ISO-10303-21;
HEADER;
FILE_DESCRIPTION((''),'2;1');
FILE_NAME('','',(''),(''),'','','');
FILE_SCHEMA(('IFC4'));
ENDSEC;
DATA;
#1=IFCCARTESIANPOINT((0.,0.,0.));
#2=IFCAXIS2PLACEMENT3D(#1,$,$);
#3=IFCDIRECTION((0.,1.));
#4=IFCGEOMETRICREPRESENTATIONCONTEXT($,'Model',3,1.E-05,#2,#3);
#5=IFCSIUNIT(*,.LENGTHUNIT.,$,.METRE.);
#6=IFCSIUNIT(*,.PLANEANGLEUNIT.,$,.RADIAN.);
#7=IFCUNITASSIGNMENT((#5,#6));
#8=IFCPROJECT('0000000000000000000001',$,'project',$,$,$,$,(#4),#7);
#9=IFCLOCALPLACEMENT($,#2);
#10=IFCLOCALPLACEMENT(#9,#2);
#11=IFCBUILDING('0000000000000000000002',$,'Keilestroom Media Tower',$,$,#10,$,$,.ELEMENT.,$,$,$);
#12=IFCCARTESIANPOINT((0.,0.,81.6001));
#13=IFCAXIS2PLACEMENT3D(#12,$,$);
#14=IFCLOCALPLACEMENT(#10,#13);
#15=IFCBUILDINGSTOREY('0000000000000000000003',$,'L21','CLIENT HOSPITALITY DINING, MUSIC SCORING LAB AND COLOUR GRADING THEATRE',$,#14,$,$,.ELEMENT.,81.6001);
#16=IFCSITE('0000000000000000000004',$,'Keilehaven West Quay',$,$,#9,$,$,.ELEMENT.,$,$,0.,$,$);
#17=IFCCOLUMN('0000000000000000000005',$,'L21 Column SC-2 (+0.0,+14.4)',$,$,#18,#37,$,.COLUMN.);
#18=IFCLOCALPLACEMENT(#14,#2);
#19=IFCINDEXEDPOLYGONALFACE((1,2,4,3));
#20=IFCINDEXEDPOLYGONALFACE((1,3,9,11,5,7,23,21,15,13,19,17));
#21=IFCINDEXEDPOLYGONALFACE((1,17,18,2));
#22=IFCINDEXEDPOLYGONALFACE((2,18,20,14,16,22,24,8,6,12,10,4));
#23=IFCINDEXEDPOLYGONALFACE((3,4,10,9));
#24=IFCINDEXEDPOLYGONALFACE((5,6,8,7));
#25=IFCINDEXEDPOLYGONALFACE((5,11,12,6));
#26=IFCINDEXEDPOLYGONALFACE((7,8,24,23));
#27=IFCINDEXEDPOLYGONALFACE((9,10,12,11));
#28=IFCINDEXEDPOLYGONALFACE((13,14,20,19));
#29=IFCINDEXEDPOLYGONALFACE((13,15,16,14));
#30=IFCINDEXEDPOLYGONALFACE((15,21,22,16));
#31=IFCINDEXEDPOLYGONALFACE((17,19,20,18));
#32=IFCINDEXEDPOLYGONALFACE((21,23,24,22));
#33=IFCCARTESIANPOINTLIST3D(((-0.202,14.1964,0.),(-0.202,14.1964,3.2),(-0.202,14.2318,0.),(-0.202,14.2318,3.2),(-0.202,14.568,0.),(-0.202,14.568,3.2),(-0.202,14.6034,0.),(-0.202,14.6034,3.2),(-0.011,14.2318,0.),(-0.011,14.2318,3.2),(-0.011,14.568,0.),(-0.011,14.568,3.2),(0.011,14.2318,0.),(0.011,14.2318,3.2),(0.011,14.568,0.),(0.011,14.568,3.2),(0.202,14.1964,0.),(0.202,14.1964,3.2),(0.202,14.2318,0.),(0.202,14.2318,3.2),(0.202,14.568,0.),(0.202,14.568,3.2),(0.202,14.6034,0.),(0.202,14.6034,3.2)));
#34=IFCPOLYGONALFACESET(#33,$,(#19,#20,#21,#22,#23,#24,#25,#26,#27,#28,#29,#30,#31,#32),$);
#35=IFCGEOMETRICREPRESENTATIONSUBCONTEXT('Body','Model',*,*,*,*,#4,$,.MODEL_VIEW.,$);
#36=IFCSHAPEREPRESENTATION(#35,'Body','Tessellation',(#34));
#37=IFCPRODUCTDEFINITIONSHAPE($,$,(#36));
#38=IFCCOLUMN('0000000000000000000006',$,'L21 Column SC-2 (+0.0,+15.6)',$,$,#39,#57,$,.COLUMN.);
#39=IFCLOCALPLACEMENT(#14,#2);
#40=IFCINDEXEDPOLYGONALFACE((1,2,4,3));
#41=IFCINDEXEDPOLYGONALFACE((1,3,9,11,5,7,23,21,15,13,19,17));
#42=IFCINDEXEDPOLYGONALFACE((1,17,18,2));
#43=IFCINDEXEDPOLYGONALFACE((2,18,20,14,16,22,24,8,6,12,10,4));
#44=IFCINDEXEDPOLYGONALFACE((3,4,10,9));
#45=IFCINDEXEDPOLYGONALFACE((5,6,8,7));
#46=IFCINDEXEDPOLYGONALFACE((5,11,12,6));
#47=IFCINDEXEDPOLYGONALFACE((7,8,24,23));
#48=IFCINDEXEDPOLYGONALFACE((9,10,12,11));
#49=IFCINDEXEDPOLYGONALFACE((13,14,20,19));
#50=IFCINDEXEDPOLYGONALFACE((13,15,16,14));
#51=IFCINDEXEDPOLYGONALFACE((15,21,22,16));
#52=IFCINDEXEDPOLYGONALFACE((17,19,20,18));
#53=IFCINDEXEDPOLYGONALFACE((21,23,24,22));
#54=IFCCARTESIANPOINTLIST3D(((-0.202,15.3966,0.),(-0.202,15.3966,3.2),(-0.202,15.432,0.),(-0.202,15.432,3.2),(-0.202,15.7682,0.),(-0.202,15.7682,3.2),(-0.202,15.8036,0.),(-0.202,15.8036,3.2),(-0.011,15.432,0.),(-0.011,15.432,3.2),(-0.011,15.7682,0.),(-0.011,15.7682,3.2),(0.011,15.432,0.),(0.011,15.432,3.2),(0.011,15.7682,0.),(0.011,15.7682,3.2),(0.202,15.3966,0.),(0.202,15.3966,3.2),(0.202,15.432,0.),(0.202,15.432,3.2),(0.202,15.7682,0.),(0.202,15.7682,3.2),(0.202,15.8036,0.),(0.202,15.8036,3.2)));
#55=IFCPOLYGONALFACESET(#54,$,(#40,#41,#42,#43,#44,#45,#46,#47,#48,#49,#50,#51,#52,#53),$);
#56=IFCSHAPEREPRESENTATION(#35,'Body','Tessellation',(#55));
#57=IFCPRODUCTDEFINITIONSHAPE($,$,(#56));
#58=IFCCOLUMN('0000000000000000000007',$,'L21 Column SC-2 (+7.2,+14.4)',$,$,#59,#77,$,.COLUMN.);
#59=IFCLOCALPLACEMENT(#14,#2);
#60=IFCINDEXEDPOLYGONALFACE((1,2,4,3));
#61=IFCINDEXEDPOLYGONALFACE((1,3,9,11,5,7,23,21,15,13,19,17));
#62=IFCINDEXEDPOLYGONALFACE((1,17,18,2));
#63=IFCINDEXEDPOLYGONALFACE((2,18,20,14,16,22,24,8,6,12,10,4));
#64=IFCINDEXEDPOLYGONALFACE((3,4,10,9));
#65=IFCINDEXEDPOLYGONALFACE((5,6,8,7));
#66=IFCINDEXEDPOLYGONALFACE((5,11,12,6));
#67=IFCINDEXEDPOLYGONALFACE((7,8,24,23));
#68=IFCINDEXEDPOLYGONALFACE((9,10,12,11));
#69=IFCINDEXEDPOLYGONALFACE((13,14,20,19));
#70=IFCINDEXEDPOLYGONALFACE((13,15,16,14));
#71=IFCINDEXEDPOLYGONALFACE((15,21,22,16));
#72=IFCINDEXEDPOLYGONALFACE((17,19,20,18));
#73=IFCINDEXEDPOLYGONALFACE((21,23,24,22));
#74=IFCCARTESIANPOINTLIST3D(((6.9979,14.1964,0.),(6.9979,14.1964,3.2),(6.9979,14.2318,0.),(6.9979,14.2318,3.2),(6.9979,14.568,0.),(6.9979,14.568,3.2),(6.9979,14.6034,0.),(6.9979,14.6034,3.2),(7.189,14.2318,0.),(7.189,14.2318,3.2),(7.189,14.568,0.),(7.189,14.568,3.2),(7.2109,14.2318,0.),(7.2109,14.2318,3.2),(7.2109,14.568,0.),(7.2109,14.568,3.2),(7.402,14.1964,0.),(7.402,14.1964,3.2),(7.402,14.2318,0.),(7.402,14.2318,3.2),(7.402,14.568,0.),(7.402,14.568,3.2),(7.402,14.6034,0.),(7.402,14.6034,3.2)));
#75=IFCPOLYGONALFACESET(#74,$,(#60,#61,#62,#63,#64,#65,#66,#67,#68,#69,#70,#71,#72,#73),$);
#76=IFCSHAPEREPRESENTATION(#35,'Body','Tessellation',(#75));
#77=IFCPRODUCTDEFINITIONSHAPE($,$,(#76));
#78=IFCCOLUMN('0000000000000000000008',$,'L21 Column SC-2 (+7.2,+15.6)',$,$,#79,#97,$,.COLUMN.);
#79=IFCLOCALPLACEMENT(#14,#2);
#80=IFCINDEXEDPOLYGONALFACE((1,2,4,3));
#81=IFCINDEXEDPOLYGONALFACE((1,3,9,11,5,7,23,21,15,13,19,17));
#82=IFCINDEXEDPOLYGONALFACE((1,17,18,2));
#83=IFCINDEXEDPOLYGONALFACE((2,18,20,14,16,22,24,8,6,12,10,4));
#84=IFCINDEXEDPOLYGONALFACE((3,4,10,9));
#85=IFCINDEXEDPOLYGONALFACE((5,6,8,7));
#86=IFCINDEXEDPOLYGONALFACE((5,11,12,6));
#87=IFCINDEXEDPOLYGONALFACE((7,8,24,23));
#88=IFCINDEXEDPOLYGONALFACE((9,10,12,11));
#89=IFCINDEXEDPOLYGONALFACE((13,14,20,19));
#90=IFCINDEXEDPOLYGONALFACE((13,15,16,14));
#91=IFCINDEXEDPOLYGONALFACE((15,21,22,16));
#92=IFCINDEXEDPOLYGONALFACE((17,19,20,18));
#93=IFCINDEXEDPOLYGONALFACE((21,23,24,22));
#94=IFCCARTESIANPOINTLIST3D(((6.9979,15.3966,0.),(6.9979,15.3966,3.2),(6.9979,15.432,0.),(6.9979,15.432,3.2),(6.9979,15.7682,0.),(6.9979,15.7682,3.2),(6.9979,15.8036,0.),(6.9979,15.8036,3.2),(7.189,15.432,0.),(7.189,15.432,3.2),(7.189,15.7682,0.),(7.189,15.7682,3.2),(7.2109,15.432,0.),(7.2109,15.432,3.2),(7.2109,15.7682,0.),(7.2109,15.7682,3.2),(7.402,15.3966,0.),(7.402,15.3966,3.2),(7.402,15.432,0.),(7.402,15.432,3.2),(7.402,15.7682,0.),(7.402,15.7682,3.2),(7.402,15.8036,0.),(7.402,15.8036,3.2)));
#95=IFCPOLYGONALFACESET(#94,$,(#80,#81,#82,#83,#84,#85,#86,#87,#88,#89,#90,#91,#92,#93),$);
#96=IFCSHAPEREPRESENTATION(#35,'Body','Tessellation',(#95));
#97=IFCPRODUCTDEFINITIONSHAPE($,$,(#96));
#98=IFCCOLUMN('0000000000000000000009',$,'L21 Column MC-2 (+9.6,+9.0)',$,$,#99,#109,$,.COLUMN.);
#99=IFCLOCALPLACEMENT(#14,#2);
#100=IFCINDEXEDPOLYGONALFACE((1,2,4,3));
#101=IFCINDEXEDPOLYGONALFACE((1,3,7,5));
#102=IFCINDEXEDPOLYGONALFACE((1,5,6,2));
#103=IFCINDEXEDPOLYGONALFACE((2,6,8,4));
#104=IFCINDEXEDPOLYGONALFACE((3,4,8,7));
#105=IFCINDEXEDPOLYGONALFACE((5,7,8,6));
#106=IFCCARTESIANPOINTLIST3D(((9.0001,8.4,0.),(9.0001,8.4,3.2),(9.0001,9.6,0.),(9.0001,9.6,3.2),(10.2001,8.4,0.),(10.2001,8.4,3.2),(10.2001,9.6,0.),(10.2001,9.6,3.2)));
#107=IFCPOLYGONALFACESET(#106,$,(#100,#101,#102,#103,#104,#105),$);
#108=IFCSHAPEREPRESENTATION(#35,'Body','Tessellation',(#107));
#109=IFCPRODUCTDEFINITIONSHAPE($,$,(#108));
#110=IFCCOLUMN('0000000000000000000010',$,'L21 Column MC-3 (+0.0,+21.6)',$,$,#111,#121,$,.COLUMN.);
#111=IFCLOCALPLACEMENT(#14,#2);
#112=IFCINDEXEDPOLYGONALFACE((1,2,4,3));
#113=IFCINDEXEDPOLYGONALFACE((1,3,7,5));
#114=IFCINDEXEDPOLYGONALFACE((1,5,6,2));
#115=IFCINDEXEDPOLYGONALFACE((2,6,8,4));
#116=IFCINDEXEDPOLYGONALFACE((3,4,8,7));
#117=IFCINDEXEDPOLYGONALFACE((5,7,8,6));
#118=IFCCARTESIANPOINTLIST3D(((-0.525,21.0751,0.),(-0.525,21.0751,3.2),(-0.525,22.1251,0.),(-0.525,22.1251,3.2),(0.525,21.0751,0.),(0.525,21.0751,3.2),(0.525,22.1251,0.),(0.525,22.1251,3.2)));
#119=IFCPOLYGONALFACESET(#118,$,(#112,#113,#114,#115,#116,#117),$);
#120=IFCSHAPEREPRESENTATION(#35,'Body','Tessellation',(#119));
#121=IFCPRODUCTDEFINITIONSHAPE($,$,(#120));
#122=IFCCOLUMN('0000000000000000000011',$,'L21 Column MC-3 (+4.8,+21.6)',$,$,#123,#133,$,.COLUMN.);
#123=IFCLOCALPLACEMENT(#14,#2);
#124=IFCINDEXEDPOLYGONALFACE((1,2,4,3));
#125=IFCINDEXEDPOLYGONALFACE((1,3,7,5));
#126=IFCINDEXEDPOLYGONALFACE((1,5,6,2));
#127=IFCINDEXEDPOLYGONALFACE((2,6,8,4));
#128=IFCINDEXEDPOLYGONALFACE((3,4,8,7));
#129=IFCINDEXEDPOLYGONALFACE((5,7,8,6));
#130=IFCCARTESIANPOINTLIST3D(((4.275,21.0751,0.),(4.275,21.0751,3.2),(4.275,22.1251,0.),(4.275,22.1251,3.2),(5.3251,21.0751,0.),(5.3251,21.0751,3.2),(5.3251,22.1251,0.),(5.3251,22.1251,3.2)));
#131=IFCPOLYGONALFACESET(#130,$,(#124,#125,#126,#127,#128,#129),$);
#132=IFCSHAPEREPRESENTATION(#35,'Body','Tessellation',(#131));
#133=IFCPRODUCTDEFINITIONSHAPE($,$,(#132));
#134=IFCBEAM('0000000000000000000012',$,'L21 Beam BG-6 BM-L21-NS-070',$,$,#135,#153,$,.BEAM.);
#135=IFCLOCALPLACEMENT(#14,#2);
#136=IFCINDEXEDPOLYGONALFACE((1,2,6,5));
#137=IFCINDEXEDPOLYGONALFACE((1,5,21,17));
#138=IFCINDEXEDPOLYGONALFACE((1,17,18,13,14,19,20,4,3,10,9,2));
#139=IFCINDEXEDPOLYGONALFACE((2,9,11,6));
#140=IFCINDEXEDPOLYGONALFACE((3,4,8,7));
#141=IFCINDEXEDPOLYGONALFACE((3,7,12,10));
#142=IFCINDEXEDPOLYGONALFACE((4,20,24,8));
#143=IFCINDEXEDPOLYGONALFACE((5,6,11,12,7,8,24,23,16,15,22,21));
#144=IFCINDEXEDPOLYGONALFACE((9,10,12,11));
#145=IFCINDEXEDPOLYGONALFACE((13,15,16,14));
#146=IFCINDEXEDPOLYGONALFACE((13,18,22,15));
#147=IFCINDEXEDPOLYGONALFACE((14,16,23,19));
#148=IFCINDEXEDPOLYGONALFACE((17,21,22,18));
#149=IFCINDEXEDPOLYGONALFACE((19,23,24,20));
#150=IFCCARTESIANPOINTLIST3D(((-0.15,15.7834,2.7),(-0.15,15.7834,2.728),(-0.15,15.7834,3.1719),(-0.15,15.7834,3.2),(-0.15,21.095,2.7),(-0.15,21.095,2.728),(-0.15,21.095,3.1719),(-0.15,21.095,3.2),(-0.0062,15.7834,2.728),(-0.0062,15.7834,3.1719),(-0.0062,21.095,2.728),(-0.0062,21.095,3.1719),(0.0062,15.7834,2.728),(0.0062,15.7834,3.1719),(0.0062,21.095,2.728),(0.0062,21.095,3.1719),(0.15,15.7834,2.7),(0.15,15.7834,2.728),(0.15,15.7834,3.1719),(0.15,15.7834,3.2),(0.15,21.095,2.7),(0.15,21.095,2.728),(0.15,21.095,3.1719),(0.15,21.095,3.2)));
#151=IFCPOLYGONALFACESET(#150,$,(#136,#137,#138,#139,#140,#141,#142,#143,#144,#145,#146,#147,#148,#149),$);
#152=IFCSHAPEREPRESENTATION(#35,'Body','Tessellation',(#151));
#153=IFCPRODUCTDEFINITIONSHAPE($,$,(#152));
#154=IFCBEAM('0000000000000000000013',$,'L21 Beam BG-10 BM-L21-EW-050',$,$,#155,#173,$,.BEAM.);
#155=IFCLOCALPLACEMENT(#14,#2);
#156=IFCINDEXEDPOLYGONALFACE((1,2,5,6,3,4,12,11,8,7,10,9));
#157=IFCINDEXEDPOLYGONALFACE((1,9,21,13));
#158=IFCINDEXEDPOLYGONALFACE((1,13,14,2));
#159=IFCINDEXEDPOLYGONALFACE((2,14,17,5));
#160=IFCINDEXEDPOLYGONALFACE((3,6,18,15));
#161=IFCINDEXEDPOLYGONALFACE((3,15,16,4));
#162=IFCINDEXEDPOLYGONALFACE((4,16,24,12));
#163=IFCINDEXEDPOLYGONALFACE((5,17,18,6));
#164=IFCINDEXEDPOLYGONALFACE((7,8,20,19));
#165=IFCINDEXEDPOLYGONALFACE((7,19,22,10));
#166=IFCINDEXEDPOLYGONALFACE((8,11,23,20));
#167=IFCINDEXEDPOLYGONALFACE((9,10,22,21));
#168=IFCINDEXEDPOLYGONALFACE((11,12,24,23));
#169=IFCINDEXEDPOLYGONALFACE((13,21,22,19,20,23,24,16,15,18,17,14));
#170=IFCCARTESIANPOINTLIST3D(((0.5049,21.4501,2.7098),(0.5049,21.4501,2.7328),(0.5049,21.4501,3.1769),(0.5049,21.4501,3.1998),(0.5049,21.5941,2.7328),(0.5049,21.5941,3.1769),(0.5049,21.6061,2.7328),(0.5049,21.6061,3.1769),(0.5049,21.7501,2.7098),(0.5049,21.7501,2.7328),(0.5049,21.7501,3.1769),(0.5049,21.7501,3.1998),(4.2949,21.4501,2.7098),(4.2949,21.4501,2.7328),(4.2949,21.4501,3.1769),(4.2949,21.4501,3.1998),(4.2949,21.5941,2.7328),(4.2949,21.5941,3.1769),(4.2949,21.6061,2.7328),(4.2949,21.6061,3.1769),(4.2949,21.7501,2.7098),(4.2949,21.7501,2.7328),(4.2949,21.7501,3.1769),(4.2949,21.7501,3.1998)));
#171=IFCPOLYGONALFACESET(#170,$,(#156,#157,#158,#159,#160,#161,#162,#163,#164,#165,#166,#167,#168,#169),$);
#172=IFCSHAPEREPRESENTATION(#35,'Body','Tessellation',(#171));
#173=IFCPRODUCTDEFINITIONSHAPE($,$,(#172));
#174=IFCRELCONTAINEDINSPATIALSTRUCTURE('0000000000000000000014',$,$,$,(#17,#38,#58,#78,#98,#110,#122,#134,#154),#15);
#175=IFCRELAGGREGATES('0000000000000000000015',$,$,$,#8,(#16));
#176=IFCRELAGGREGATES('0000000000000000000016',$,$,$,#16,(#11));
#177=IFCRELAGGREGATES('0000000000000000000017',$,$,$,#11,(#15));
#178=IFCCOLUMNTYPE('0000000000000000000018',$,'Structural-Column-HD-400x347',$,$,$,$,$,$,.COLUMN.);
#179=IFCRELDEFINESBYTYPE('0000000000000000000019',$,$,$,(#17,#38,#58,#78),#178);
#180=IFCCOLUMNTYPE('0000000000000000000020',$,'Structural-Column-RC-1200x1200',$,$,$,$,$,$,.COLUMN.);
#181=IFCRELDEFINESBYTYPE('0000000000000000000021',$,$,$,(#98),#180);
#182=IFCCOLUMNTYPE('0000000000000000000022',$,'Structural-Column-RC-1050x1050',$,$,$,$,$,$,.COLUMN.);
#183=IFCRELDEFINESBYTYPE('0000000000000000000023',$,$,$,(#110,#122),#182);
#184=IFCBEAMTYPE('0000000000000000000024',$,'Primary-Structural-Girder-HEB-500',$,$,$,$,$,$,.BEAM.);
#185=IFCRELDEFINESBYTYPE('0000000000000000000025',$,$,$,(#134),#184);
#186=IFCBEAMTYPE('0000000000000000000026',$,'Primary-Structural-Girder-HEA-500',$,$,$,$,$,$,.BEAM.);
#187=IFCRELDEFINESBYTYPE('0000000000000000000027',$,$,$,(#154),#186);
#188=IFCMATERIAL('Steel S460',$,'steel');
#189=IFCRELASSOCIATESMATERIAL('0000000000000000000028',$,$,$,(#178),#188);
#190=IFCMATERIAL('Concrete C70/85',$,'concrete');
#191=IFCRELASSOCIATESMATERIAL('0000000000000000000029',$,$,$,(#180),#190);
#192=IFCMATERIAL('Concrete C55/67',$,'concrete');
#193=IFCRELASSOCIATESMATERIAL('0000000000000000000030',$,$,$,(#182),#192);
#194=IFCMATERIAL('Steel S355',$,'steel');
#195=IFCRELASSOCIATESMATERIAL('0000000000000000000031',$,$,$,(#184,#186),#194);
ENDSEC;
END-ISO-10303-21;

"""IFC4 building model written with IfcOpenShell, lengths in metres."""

from ifc_helpers import new_model, si_unit, direction, frame, origin, origin_2d, place, context, subcontext, project, spatial, rectangle, i_section, extrude, source, transform, mapped, material, material_profile, profile_set, type_object, element, save


model = new_model("IFC4")

# Units and contexts
model_context = context("Model", 3, precision=1e-05, world=origin(), true_north=direction((0.0, 1.0)))
body_context = subcontext(model_context, "Body", "Model", "MODEL_VIEW")
ifc_project = project(units=[si_unit("LENGTHUNIT", "METRE"), si_unit("PLANEANGLEUNIT", "RADIAN")], contexts=[model_context])

# Site, building, storey
site_placement = place(None, origin())
site = spatial("IfcSite", under=ifc_project, at=site_placement, Name="Keilehaven West Quay", CompositionType="ELEMENT", RefElevation=0.0)
building_placement = place(site_placement, origin())
building = spatial("IfcBuilding", under=site, at=building_placement, Name="Keilestroom Media Tower", CompositionType="ELEMENT")
storey_placement = place(building_placement, frame((0.0, 0.0, 81.6001)))
storey = spatial("IfcBuildingStorey", under=building, at=storey_placement, Name="L21", Description="CLIENT HOSPITALITY DINING, MUSIC SCORING LAB AND COLOUR GRADING THEATRE", CompositionType="ELEMENT", Elevation=81.6001)

# Columns
ifc_material_1 = material(Name="Steel S460", Category="steel")
ifc_material_profile_1 = material_profile(ifc_material_1, i_section(OverallWidth=0.4041, OverallDepth=0.407, WebThickness=0.022, FlangeThickness=0.0354, at=origin_2d()), Name="HD 400x347")
ifc_profile_set_1 = profile_set([ifc_material_profile_1], Name="Steel S460")
column_type_1 = type_object("IfcColumnType", Name="Structural-Column-HD-400x347", PredefinedType="COLUMN", material=ifc_profile_set_1)
shared_shape_1 = source(origin(), body_context, "Body", "SweptSolid", [
    extrude(i_section(OverallWidth=0.4041, OverallDepth=0.407, WebThickness=0.022, FlangeThickness=0.0354, at=origin_2d()), origin(), (0.0, 0.0, 1.0), 3.2),
])
for number, where, z_axis, x_axis, name in (
    (1, (0.0, 14.3999, 0.0), (0.0, 0.0, 1.0), (1.0, 0.0, 0.0), "L21 Column SC-2 (+0.0,+14.4)"),
    (2, (0.0, 15.6001, 0.0), (0.0, 0.0, 1.0), (1.0, 0.0, 0.0), "L21 Column SC-2 (+0.0,+15.6)"),
    (3, (7.2, 14.3999, 0.0), (0.0, 0.0, 1.0), (1.0, 0.0, 0.0), "L21 Column SC-2 (+7.2,+14.4)"),
    (4, (7.2, 15.6001, 0.0), (0.0, 0.0, 1.0), (1.0, 0.0, 0.0), "L21 Column SC-2 (+7.2,+15.6)"),
):
    element("IfcColumn", number, at=place(storey_placement, frame(where, z_axis=z_axis, x_axis=x_axis)), inside=storey, type_object=column_type_1, Name=name, PredefinedType="COLUMN", context=body_context, shape_type="MappedRepresentation", body=[
        mapped(shared_shape_1, transform((0.0, 0.0, 0.0), x_axis=(1.0, 0.0, 0.0), y_axis=(0.0, 1.0, 0.0), z_axis=(0.0, 0.0, 1.0), scale=1.0)),
    ])
ifc_material_2 = material(Name="Concrete C70/85", Category="concrete")
ifc_material_profile_2 = material_profile(ifc_material_2, rectangle(XDim=1.2, YDim=1.2, at=origin_2d()), Name="RC 1200x1200")
ifc_profile_set_2 = profile_set([ifc_material_profile_2], Name="Concrete C70/85")
column_type_2 = type_object("IfcColumnType", Name="Structural-Column-RC-1200x1200", PredefinedType="COLUMN", material=ifc_profile_set_2)
shared_shape_2 = source(origin(), body_context, "Body", "SweptSolid", [
    extrude(rectangle(XDim=1.2, YDim=1.2, at=origin_2d()), origin(), (0.0, 0.0, 1.0), 3.2),
])
column_placement = place(storey_placement, frame((9.6001, 9.0, 0.0), z_axis=(0.0, 0.0, 1.0), x_axis=(1.0, 0.0, 0.0)))
element("IfcColumn", 5, at=column_placement, inside=storey, type_object=column_type_2, Name="L21 Column MC-2 (+9.6,+9.0)", PredefinedType="COLUMN", context=body_context, shape_type="MappedRepresentation", body=[
    mapped(shared_shape_2, transform((0.0, 0.0, 0.0), x_axis=(1.0, 0.0, 0.0), y_axis=(0.0, 1.0, 0.0), z_axis=(0.0, 0.0, 1.0), scale=1.0)),
])
ifc_material_3 = material(Name="Concrete C55/67", Category="concrete")
ifc_material_profile_3 = material_profile(ifc_material_3, rectangle(XDim=1.05, YDim=1.05, at=origin_2d()), Name="RC 1050x1050")
ifc_profile_set_3 = profile_set([ifc_material_profile_3], Name="Concrete C55/67")
column_type_3 = type_object("IfcColumnType", Name="Structural-Column-RC-1050x1050", PredefinedType="COLUMN", material=ifc_profile_set_3)
shared_shape_3 = source(origin(), body_context, "Body", "SweptSolid", [
    extrude(rectangle(XDim=1.05, YDim=1.05, at=origin_2d()), origin(), (0.0, 0.0, 1.0), 3.2),
])
for number, where, z_axis, x_axis, name in (
    (6, (0.0, 21.6001, 0.0), (0.0, 0.0, 1.0), (1.0, 0.0, 0.0), "L21 Column MC-3 (+0.0,+21.6)"),
    (7, (4.8, 21.6001, 0.0), (0.0, 0.0, 1.0), (1.0, 0.0, 0.0), "L21 Column MC-3 (+4.8,+21.6)"),
):
    element("IfcColumn", number, at=place(storey_placement, frame(where, z_axis=z_axis, x_axis=x_axis)), inside=storey, type_object=column_type_3, Name=name, PredefinedType="COLUMN", context=body_context, shape_type="MappedRepresentation", body=[
        mapped(shared_shape_3, transform((0.0, 0.0, 0.0), x_axis=(1.0, 0.0, 0.0), y_axis=(0.0, 1.0, 0.0), z_axis=(0.0, 0.0, 1.0), scale=1.0)),
    ])

# Beams
ifc_material_4 = material(Name="Steel S355", Category="steel")
ifc_material_profile_4 = material_profile(ifc_material_4, i_section(OverallWidth=0.3, OverallDepth=0.5, WebThickness=0.0125, FlangeThickness=0.0281, at=origin_2d()), Name="HEB 500")
ifc_profile_set_4 = profile_set([ifc_material_profile_4], Name="Steel S355")
beam_type_1 = type_object("IfcBeamType", Name="Primary-Structural-Girder-HEB-500", PredefinedType="BEAM", material=ifc_profile_set_4)
shared_shape_4 = source(origin(), body_context, "Body", "SweptSolid", [
    extrude(i_section(OverallWidth=0.3, OverallDepth=0.5, WebThickness=0.0125, FlangeThickness=0.0281, at=origin_2d()), origin(), (0.0, 0.0, 1.0), 5.3115),
])
beam_1_placement = place(storey_placement, frame((0.0, 15.7834, 2.95), z_axis=(0.0, 1.0, 0.0), x_axis=(-1.0, 0.0, 0.0)))
element("IfcBeam", 8, at=beam_1_placement, inside=storey, type_object=beam_type_1, Name="L21 Beam BG-6 BM-L21-NS-070", PredefinedType="BEAM", context=body_context, shape_type="MappedRepresentation", body=[
    mapped(shared_shape_4, transform((0.0, 0.0, 0.0), x_axis=(1.0, 0.0, 0.0), y_axis=(0.0, 1.0, 0.0), z_axis=(0.0, 0.0, 1.0), scale=1.0)),
])
ifc_material_profile_5 = material_profile(ifc_material_4, i_section(OverallWidth=0.3, OverallDepth=0.49, WebThickness=0.012, FlangeThickness=0.0229, at=origin_2d()), Name="HEA 500")
ifc_profile_set_5 = profile_set([ifc_material_profile_5], Name="Steel S355")
beam_type_2 = type_object("IfcBeamType", Name="Primary-Structural-Girder-HEA-500", PredefinedType="BEAM", material=ifc_profile_set_5)
shared_shape_5 = source(origin(), body_context, "Body", "SweptSolid", [
    extrude(i_section(OverallWidth=0.3, OverallDepth=0.49, WebThickness=0.012, FlangeThickness=0.0229, at=origin_2d()), origin(), (0.0, 0.0, 1.0), 3.79),
])
beam_2_placement = place(storey_placement, frame((0.5049, 21.6001, 2.9548), z_axis=(1.0, 0.0, 0.0), x_axis=(0.0, 1.0, 0.0)))
element("IfcBeam", 9, at=beam_2_placement, inside=storey, type_object=beam_type_2, Name="L21 Beam BG-10 BM-L21-EW-050", PredefinedType="BEAM", context=body_context, shape_type="MappedRepresentation", body=[
    mapped(shared_shape_5, transform((0.0, 0.0, 0.0), x_axis=(1.0, 0.0, 0.0), y_axis=(0.0, 1.0, 0.0), z_axis=(0.0, 0.0, 1.0), scale=1.0)),
])

save(model, "model.ifc")
